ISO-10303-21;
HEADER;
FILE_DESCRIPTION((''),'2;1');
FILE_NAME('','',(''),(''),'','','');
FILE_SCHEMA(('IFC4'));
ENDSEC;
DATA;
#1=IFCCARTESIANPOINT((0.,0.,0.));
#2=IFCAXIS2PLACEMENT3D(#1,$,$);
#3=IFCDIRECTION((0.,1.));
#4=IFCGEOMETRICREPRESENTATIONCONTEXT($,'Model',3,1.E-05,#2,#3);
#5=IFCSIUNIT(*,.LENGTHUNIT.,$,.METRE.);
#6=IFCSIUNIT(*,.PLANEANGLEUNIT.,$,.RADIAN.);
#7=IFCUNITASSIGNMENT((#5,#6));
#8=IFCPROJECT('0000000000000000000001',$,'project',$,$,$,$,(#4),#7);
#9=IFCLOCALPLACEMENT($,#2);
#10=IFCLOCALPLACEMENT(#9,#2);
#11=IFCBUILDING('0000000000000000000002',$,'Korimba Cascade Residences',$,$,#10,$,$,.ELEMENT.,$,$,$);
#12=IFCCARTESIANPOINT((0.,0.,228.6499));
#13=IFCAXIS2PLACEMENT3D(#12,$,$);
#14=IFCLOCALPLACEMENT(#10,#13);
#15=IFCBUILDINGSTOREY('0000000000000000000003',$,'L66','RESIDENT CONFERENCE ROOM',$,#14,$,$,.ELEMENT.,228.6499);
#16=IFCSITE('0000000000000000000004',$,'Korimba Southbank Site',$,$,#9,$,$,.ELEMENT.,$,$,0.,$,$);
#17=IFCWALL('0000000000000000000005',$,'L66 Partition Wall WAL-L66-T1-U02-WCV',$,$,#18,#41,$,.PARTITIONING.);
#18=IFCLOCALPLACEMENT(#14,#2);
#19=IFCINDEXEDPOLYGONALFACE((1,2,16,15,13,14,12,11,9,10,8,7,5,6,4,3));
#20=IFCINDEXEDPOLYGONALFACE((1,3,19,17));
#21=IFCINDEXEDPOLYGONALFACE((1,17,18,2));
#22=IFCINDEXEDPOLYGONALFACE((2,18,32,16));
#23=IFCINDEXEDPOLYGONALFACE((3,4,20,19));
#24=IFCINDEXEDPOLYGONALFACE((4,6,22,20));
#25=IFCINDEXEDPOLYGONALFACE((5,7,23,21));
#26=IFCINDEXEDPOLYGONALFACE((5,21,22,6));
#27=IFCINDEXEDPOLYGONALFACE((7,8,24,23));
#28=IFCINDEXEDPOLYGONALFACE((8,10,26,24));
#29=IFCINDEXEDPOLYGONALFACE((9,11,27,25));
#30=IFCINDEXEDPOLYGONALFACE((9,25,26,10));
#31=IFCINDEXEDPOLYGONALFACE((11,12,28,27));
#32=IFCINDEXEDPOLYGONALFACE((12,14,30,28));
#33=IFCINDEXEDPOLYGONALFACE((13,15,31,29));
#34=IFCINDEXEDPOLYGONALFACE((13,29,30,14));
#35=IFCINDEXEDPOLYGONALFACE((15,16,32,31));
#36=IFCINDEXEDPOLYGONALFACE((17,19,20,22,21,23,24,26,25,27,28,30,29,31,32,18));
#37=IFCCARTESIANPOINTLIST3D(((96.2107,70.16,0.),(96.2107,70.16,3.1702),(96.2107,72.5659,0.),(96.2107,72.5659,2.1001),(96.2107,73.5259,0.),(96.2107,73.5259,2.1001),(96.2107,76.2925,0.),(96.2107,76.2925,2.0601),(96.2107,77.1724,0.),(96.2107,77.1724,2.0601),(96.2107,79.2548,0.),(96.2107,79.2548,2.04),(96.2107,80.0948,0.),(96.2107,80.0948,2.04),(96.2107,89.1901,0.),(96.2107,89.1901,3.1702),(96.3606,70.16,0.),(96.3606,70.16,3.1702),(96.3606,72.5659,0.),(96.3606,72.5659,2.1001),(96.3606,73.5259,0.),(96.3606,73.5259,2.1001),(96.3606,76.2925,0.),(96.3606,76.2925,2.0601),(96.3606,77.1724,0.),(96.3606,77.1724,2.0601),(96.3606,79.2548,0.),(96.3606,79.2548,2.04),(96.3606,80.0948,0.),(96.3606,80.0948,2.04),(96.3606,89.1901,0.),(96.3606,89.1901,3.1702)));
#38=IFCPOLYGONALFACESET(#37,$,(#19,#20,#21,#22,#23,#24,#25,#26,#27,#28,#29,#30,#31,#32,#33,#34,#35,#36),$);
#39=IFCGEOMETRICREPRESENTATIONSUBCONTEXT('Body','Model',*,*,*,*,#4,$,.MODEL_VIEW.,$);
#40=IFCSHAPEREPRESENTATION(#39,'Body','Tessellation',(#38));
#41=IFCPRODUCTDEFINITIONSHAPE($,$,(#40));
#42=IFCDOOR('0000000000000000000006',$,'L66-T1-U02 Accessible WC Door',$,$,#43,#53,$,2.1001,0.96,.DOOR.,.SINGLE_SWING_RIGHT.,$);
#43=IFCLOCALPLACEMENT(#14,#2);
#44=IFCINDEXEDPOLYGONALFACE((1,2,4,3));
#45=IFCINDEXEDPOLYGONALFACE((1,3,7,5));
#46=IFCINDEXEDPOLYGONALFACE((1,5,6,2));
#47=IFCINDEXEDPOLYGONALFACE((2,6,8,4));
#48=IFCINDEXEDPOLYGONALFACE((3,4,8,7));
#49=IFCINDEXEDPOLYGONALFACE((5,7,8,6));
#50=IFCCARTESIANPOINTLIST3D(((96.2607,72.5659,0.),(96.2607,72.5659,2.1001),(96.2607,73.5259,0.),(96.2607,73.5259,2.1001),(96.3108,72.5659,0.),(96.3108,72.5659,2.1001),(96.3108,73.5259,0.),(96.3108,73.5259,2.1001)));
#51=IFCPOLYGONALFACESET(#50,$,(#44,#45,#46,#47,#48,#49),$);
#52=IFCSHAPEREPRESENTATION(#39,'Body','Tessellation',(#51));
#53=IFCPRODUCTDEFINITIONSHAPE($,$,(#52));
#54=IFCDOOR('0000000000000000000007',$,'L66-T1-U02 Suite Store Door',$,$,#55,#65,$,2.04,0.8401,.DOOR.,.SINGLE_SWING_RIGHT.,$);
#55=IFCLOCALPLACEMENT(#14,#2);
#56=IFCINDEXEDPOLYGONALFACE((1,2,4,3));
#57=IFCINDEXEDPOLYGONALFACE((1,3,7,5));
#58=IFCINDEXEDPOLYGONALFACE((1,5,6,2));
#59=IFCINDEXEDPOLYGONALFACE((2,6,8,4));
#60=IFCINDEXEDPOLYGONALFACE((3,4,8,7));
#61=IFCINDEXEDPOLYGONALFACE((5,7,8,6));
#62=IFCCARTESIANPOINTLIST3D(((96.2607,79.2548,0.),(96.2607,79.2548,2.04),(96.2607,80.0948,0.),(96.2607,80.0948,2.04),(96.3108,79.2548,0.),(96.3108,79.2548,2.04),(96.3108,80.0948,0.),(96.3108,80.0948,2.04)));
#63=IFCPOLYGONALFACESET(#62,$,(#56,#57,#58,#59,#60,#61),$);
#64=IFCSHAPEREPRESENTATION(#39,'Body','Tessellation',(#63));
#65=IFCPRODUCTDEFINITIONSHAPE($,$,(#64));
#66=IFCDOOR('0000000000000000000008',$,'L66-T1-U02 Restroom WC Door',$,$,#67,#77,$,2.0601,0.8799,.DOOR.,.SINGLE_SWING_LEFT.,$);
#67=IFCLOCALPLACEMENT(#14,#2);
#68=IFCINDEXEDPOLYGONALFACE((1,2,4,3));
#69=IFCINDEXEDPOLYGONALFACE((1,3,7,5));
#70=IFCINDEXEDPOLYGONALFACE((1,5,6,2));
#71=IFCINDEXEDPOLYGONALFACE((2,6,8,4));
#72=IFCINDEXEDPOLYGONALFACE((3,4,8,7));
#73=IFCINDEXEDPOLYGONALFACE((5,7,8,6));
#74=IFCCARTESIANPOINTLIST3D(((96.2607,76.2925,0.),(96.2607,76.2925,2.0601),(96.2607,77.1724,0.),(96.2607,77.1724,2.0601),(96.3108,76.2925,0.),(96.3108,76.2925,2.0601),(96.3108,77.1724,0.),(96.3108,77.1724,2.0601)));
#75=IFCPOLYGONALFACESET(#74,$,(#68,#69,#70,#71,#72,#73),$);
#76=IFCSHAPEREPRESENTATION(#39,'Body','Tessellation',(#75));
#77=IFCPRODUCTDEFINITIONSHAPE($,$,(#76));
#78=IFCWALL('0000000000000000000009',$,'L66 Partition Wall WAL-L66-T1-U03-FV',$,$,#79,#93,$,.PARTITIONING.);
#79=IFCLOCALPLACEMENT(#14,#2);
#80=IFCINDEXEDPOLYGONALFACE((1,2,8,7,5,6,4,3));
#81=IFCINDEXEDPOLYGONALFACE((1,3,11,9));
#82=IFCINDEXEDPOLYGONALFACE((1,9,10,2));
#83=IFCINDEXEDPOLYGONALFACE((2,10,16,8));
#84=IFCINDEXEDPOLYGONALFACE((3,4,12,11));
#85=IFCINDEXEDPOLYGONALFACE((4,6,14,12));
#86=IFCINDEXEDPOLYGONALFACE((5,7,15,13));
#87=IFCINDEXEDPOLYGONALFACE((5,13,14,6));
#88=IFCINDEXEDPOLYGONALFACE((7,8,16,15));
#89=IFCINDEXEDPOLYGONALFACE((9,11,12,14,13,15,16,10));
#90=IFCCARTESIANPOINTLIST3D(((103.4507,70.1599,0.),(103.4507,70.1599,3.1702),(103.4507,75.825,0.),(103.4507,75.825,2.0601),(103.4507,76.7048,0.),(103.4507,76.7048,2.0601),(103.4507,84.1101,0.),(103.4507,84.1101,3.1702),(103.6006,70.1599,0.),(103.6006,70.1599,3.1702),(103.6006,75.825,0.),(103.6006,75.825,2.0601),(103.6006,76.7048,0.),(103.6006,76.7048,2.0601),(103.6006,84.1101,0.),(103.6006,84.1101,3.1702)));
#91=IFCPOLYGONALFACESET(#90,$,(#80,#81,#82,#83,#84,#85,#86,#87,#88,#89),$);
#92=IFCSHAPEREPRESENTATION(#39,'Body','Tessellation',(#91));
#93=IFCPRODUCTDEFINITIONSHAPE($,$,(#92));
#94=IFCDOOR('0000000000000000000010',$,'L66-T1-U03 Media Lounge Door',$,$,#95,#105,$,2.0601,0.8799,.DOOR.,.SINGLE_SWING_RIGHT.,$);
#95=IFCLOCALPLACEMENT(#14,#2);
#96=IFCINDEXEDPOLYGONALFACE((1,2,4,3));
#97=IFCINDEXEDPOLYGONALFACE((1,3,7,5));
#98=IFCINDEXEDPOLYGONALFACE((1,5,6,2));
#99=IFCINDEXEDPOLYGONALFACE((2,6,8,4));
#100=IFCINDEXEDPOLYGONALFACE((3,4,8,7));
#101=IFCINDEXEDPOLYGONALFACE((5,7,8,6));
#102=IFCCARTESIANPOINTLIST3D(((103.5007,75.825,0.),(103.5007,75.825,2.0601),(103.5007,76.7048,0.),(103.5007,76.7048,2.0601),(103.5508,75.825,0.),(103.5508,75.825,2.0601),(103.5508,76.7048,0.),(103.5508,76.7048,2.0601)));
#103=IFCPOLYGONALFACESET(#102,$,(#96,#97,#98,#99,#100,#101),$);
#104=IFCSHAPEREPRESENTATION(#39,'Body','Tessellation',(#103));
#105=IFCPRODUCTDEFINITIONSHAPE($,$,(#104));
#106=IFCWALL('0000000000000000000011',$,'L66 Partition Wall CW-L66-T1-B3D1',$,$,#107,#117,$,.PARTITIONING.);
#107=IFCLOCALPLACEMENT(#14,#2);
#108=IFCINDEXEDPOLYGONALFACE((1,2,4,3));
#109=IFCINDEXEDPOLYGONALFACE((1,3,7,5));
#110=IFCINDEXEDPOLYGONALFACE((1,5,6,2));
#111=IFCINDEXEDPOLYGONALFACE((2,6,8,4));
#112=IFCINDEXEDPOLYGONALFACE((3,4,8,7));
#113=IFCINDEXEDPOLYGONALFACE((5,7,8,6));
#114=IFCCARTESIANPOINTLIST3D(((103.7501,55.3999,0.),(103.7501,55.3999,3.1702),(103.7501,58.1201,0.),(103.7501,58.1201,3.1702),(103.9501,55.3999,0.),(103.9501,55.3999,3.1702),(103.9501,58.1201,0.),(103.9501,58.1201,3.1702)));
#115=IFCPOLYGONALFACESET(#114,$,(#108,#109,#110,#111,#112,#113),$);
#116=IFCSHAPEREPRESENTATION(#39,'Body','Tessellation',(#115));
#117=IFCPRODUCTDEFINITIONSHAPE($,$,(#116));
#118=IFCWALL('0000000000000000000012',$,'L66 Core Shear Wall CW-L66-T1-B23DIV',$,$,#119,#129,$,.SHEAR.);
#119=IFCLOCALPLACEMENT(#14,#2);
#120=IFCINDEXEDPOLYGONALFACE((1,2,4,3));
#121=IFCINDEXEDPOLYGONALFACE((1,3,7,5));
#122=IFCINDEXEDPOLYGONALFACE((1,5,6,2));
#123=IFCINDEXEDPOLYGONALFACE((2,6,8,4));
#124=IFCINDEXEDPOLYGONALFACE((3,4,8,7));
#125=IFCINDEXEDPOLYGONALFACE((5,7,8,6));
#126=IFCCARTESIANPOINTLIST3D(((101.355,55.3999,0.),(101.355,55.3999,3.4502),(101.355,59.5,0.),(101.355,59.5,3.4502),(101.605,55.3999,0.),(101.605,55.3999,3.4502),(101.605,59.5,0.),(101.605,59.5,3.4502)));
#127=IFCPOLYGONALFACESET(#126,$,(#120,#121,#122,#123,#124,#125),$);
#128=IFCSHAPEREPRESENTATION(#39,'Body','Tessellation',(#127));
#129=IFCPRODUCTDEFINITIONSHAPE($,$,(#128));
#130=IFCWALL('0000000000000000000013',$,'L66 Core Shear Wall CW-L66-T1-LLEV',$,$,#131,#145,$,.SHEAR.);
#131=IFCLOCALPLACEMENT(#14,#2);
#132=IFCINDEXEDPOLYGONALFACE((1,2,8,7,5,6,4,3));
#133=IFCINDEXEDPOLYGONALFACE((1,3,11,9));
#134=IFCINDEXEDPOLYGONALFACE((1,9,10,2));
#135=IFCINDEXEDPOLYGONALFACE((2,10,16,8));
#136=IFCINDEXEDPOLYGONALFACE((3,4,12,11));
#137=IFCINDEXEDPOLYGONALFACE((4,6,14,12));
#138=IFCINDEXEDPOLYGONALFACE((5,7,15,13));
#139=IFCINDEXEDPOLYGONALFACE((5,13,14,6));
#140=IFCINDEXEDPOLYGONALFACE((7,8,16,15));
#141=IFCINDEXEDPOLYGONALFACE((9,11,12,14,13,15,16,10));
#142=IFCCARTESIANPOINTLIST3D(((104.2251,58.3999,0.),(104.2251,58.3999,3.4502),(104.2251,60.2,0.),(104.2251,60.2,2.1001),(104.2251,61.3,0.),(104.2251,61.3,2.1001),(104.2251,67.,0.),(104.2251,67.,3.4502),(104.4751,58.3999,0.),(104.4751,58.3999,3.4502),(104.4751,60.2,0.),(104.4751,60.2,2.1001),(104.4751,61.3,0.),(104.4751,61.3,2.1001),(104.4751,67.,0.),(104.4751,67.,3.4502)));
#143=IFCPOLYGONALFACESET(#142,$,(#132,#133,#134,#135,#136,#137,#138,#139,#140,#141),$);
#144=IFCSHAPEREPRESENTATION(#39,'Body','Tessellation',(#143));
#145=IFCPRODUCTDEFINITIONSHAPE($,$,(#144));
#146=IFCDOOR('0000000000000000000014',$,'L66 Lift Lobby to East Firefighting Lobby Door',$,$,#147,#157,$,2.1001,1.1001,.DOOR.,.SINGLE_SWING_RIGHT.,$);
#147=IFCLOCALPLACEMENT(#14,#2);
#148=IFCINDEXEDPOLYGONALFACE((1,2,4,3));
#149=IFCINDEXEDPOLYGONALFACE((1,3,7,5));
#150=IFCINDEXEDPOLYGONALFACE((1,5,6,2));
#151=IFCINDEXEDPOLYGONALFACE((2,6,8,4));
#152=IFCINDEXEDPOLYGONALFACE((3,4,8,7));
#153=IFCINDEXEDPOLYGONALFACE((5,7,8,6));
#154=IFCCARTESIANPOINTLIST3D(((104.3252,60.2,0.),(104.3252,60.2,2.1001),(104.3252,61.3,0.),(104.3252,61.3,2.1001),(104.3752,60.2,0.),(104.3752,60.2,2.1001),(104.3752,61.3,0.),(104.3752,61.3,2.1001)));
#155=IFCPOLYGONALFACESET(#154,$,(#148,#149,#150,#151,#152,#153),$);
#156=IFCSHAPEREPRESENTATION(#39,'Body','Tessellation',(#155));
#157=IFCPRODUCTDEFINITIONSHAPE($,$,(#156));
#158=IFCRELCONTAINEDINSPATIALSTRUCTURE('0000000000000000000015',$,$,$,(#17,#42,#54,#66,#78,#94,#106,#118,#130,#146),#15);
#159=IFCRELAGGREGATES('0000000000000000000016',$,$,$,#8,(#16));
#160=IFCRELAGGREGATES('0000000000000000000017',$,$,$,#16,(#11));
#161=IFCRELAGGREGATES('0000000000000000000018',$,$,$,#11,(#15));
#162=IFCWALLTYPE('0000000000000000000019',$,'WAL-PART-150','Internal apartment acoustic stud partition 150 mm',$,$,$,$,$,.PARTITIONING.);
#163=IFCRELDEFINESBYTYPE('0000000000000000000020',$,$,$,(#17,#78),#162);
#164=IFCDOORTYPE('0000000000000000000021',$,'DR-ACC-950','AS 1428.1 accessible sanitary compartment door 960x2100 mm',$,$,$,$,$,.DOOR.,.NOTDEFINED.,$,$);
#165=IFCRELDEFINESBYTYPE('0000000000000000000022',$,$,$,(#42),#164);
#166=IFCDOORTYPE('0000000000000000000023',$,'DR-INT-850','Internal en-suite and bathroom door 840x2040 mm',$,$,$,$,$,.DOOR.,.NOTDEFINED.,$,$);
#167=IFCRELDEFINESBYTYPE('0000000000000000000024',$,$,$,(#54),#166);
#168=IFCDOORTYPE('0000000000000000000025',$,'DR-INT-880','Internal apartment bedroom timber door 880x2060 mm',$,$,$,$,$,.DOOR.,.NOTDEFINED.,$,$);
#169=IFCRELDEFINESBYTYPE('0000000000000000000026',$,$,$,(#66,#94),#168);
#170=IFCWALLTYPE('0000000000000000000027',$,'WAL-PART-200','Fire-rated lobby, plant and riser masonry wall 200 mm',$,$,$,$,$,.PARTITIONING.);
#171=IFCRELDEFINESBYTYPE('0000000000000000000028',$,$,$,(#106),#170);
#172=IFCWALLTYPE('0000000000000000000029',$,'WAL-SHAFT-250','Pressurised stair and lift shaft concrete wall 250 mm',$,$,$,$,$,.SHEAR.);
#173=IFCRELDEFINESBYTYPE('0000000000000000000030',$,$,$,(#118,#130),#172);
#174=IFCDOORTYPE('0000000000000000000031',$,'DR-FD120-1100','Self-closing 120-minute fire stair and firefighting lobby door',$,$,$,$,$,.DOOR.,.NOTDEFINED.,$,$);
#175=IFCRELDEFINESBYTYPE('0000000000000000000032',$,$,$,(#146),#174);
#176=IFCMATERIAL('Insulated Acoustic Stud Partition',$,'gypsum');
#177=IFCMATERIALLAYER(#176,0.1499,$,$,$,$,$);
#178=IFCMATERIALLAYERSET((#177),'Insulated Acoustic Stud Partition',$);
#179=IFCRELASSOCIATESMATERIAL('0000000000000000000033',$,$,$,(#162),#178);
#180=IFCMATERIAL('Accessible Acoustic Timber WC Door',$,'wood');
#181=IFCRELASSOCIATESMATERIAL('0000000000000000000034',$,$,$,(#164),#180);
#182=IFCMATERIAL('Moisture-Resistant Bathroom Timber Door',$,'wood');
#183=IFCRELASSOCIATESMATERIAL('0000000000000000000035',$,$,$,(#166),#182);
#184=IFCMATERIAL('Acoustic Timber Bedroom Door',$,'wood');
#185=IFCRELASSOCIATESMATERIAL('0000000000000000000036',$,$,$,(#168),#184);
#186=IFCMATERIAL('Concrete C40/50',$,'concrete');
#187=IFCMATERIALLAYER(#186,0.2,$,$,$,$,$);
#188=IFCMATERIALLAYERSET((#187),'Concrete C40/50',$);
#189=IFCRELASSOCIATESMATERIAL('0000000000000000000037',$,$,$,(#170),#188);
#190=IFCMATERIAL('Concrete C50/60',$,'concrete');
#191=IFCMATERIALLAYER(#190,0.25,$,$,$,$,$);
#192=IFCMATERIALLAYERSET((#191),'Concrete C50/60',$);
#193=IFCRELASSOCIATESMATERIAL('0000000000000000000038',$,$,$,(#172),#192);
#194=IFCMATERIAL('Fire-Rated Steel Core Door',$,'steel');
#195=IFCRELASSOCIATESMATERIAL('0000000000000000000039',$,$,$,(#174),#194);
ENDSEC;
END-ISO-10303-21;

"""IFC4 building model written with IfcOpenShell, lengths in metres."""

from ifc_helpers import new_model, si_unit, direction, frame, frame_2d, origin, place, context, subcontext, project, spatial, rectangle, extrude, material, layer, layer_set, type_object, element, fill, save


model = new_model("IFC4")

# Units and contexts
model_context = context("Model", 3, precision=1e-05, world=origin(), true_north=direction((0.0, 1.0)))
body_context = subcontext(model_context, "Body", "Model", "MODEL_VIEW")
ifc_project = project(units=[si_unit("LENGTHUNIT", "METRE"), si_unit("PLANEANGLEUNIT", "RADIAN")], contexts=[model_context])

# Site, building, storey
site_placement = place(None, origin())
site = spatial("IfcSite", under=ifc_project, at=site_placement, Name="Korimba Southbank Site", CompositionType="ELEMENT", RefElevation=0.0)
building_placement = place(site_placement, origin())
building = spatial("IfcBuilding", under=site, at=building_placement, Name="Korimba Cascade Residences", CompositionType="ELEMENT")
storey_placement = place(building_placement, frame((0.0, 0.0, 228.6499)))
storey = spatial("IfcBuildingStorey", under=building, at=storey_placement, Name="L66", Description="RESIDENT CONFERENCE ROOM", CompositionType="ELEMENT", Elevation=228.6499)

# Shared definitions
ifc_material_1 = material(Name="Concrete C50/60", Category="concrete")

# Shared definitions
ifc_material_2 = material(Name="Insulated Acoustic Stud Partition", Category="gypsum")
ifc_layer_1 = layer(ifc_material_2, 0.1499)
ifc_layer_set_1 = layer_set([ifc_layer_1], Name="Insulated Acoustic Stud Partition")
wall_type_1 = type_object("IfcWallType", Name="WAL-PART-150", Description="Internal apartment acoustic stud partition 150 mm", PredefinedType="PARTITIONING", material=ifc_layer_set_1)

# Wall, openings, doors
wall_1_placement = place(storey_placement, frame((96.2856, 70.1599, 0.0), z_axis=(0.0, 0.0, 1.0), x_axis=(0.0, 1.0, 0.0)))
wall_1 = element("IfcWall", 1, at=wall_1_placement, inside=storey, type_object=wall_type_1, Name="L66 Partition Wall WAL-L66-T1-U02-WCV", PredefinedType="PARTITIONING", context=body_context, shape_type="SweptSolid", body=[
    extrude(rectangle(XDim=19.03, YDim=0.1499, at=frame_2d((9.5151, 0.0))), origin(), (0.0, 0.0, 1.0), 3.1702),
])
opening_1_placement = place(wall_1_placement, frame((2.406, 0.0, 0.0)))
opening_1 = element("IfcOpeningElement", 2, at=opening_1_placement, cuts=wall_1, PredefinedType="OPENING", context=body_context, shape_type="SweptSolid", body=[
    extrude(rectangle(XDim=0.96, YDim=2.1001, at=frame_2d((0.48, 1.05))), frame((0.0, 0.085, 0.0), z_axis=(0.0, -1.0, 0.0), x_axis=(1.0, 0.0, 0.0)), (0.0, 0.0, 1.0), 0.1699),
])
opening_2_placement = place(wall_1_placement, frame((6.1326, 0.0, 0.0)))
opening_2 = element("IfcOpeningElement", 3, at=opening_2_placement, cuts=wall_1, PredefinedType="OPENING", context=body_context, shape_type="SweptSolid", body=[
    extrude(rectangle(XDim=0.8799, YDim=2.0601, at=frame_2d((0.4399, 1.03))), frame((0.0, 0.085, 0.0), z_axis=(0.0, -1.0, 0.0), x_axis=(1.0, 0.0, 0.0)), (0.0, 0.0, 1.0), 0.1699),
])
opening_3_placement = place(wall_1_placement, frame((9.095, 0.0, 0.0)))
opening_3 = element("IfcOpeningElement", 4, at=opening_3_placement, cuts=wall_1, PredefinedType="OPENING", context=body_context, shape_type="SweptSolid", body=[
    extrude(rectangle(XDim=0.8401, YDim=2.04, at=frame_2d((0.4199, 1.02))), frame((0.0, 0.085, 0.0), z_axis=(0.0, -1.0, 0.0), x_axis=(1.0, 0.0, 0.0)), (0.0, 0.0, 1.0), 0.1699),
])
ifc_material_3 = material(Name="Accessible Acoustic Timber WC Door", Category="wood")
door_type_1 = type_object("IfcDoorType", Name="DR-ACC-950", Description="AS 1428.1 accessible sanitary compartment door 960x2100 mm", OperationType="NOTDEFINED", PredefinedType="DOOR", material=ifc_material_3)
door_1_placement = place(opening_1_placement, origin())
door_1 = element("IfcDoor", 5, at=door_1_placement, inside=storey, type_object=door_type_1, Name="L66-T1-U02 Accessible WC Door", OperationType="SINGLE_SWING_RIGHT", OverallHeight=2.1001, OverallWidth=0.96, PredefinedType="DOOR", context=body_context, shape_type="SweptSolid", body=[
    extrude(rectangle(XDim=0.96, YDim=2.1001, at=frame_2d((0.48, 1.05))), frame((0.0, 0.0249, 0.0), z_axis=(0.0, -1.0, 0.0), x_axis=(1.0, 0.0, 0.0)), (0.0, 0.0, 1.0), 0.05),
])
fill(opening_1, door_1)
ifc_material_4 = material(Name="Moisture-Resistant Bathroom Timber Door", Category="wood")
door_type_2 = type_object("IfcDoorType", Name="DR-INT-850", Description="Internal en-suite and bathroom door 840x2040 mm", OperationType="NOTDEFINED", PredefinedType="DOOR", material=ifc_material_4)
door_2_placement = place(opening_3_placement, origin())
door_2 = element("IfcDoor", 6, at=door_2_placement, inside=storey, type_object=door_type_2, Name="L66-T1-U02 Suite Store Door", OperationType="SINGLE_SWING_RIGHT", OverallHeight=2.04, OverallWidth=0.8401, PredefinedType="DOOR", context=body_context, shape_type="SweptSolid", body=[
    extrude(rectangle(XDim=0.8401, YDim=2.04, at=frame_2d((0.4199, 1.02))), frame((0.0, 0.0249, 0.0), z_axis=(0.0, -1.0, 0.0), x_axis=(1.0, 0.0, 0.0)), (0.0, 0.0, 1.0), 0.05),
])
fill(opening_3, door_2)
ifc_material_5 = material(Name="Acoustic Timber Bedroom Door", Category="wood")
door_type_3 = type_object("IfcDoorType", Name="DR-INT-880", Description="Internal apartment bedroom timber door 880x2060 mm", OperationType="NOTDEFINED", PredefinedType="DOOR", material=ifc_material_5)
door_3_placement = place(opening_2_placement, origin())
door_3 = element("IfcDoor", 7, at=door_3_placement, inside=storey, type_object=door_type_3, Name="L66-T1-U02 Restroom WC Door", OperationType="SINGLE_SWING_LEFT", OverallHeight=2.0601, OverallWidth=0.8799, PredefinedType="DOOR", context=body_context, shape_type="SweptSolid", body=[
    extrude(rectangle(XDim=0.8799, YDim=2.0601, at=frame_2d((0.4399, 1.03))), frame((0.0, 0.0249, 0.0), z_axis=(0.0, -1.0, 0.0), x_axis=(1.0, 0.0, 0.0)), (0.0, 0.0, 1.0), 0.05),
])
fill(opening_2, door_3)

# Wall, opening, door
wall_2_placement = place(storey_placement, frame((103.5256, 70.1599, 0.0), z_axis=(0.0, 0.0, 1.0), x_axis=(0.0, 1.0, 0.0)))
wall_2 = element("IfcWall", 8, at=wall_2_placement, inside=storey, type_object=wall_type_1, Name="L66 Partition Wall WAL-L66-T1-U03-FV", PredefinedType="PARTITIONING", context=body_context, shape_type="SweptSolid", body=[
    extrude(rectangle(XDim=13.9502, YDim=0.1499, at=frame_2d((6.9751, 0.0))), origin(), (0.0, 0.0, 1.0), 3.1702),
])
opening_4_placement = place(wall_2_placement, frame((5.665, 0.0, 0.0)))
opening_4 = element("IfcOpeningElement", 9, at=opening_4_placement, cuts=wall_2, PredefinedType="OPENING", context=body_context, shape_type="SweptSolid", body=[
    extrude(rectangle(XDim=0.8799, YDim=2.0601, at=frame_2d((0.4399, 1.03))), frame((0.0, 0.085, 0.0), z_axis=(0.0, -1.0, 0.0), x_axis=(1.0, 0.0, 0.0)), (0.0, 0.0, 1.0), 0.1699),
])
door_4_placement = place(opening_4_placement, origin())
door_4 = element("IfcDoor", 10, at=door_4_placement, inside=storey, type_object=door_type_3, Name="L66-T1-U03 Media Lounge Door", OperationType="SINGLE_SWING_RIGHT", OverallHeight=2.0601, OverallWidth=0.8799, PredefinedType="DOOR", context=body_context, shape_type="SweptSolid", body=[
    extrude(rectangle(XDim=0.8799, YDim=2.0601, at=frame_2d((0.4399, 1.03))), frame((0.0, 0.0249, 0.0), z_axis=(0.0, -1.0, 0.0), x_axis=(1.0, 0.0, 0.0)), (0.0, 0.0, 1.0), 0.05),
])
fill(opening_4, door_4)

# Walls
ifc_material_6 = material(Name="Concrete C40/50", Category="concrete")
ifc_layer_2 = layer(ifc_material_6, 0.2)
ifc_layer_set_2 = layer_set([ifc_layer_2], Name="Concrete C40/50")
wall_type_2 = type_object("IfcWallType", Name="WAL-PART-200", Description="Fire-rated lobby, plant and riser masonry wall 200 mm", PredefinedType="PARTITIONING", material=ifc_layer_set_2)
wall_3_placement = place(storey_placement, frame((103.8501, 55.3999, 0.0), z_axis=(0.0, 0.0, 1.0), x_axis=(0.0, 1.0, 0.0)))
element("IfcWall", 11, at=wall_3_placement, inside=storey, type_object=wall_type_2, Name="L66 Partition Wall CW-L66-T1-B3D1", PredefinedType="PARTITIONING", context=body_context, shape_type="SweptSolid", body=[
    extrude(rectangle(XDim=2.7202, YDim=0.2, at=frame_2d((1.3601, 0.0))), origin(), (0.0, 0.0, 1.0), 3.1702),
])
ifc_layer_3 = layer(ifc_material_1, 0.25)
ifc_layer_set_3 = layer_set([ifc_layer_3], Name="Concrete C50/60")
wall_type_3 = type_object("IfcWallType", Name="WAL-SHAFT-250", Description="Pressurised stair and lift shaft concrete wall 250 mm", PredefinedType="SHEAR", material=ifc_layer_set_3)
wall_4_placement = place(storey_placement, frame((101.48, 55.3999, 0.0), z_axis=(0.0, 0.0, 1.0), x_axis=(0.0, 1.0, 0.0)))
element("IfcWall", 12, at=wall_4_placement, inside=storey, type_object=wall_type_3, Name="L66 Core Shear Wall CW-L66-T1-B23DIV", PredefinedType="SHEAR", context=body_context, shape_type="SweptSolid", body=[
    extrude(rectangle(XDim=4.1001, YDim=0.25, at=frame_2d((2.05, 0.0))), origin(), (0.0, 0.0, 1.0), 3.4502),
])

# Wall, opening, door
wall_5_placement = place(storey_placement, frame((104.3501, 58.3999, 0.0), z_axis=(0.0, 0.0, 1.0), x_axis=(0.0, 1.0, 0.0)))
wall_5 = element("IfcWall", 13, at=wall_5_placement, inside=storey, type_object=wall_type_3, Name="L66 Core Shear Wall CW-L66-T1-LLEV", PredefinedType="SHEAR", context=body_context, shape_type="SweptSolid", body=[
    extrude(rectangle(XDim=8.6001, YDim=0.25, at=frame_2d((4.3, 0.0))), origin(), (0.0, 0.0, 1.0), 3.4502),
])
opening_5_placement = place(wall_5_placement, frame((1.8, 0.0, 0.0)))
opening_5 = element("IfcOpeningElement", 14, at=opening_5_placement, cuts=wall_5, PredefinedType="OPENING", context=body_context, shape_type="SweptSolid", body=[
    extrude(rectangle(XDim=1.1001, YDim=2.1001, at=frame_2d((0.55, 1.05))), frame((0.0, 0.135, 0.0), z_axis=(0.0, -1.0, 0.0), x_axis=(1.0, 0.0, 0.0)), (0.0, 0.0, 1.0), 0.27),
])
ifc_material_7 = material(Name="Fire-Rated Steel Core Door", Category="steel")
door_type_4 = type_object("IfcDoorType", Name="DR-FD120-1100", Description="Self-closing 120-minute fire stair and firefighting lobby door", OperationType="NOTDEFINED", PredefinedType="DOOR", material=ifc_material_7)
door_5_placement = place(opening_5_placement, origin())
door_5 = element("IfcDoor", 15, at=door_5_placement, inside=storey, type_object=door_type_4, Name="L66 Lift Lobby to East Firefighting Lobby Door", OperationType="SINGLE_SWING_RIGHT", OverallHeight=2.1001, OverallWidth=1.1001, PredefinedType="DOOR", context=body_context, shape_type="SweptSolid", body=[
    extrude(rectangle(XDim=1.1001, YDim=2.1001, at=frame_2d((0.55, 1.05))), frame((0.0, 0.0249, 0.0), z_axis=(0.0, -1.0, 0.0), x_axis=(1.0, 0.0, 0.0)), (0.0, 0.0, 1.0), 0.05),
])
fill(opening_5, door_5)

save(model, "model.ifc")
